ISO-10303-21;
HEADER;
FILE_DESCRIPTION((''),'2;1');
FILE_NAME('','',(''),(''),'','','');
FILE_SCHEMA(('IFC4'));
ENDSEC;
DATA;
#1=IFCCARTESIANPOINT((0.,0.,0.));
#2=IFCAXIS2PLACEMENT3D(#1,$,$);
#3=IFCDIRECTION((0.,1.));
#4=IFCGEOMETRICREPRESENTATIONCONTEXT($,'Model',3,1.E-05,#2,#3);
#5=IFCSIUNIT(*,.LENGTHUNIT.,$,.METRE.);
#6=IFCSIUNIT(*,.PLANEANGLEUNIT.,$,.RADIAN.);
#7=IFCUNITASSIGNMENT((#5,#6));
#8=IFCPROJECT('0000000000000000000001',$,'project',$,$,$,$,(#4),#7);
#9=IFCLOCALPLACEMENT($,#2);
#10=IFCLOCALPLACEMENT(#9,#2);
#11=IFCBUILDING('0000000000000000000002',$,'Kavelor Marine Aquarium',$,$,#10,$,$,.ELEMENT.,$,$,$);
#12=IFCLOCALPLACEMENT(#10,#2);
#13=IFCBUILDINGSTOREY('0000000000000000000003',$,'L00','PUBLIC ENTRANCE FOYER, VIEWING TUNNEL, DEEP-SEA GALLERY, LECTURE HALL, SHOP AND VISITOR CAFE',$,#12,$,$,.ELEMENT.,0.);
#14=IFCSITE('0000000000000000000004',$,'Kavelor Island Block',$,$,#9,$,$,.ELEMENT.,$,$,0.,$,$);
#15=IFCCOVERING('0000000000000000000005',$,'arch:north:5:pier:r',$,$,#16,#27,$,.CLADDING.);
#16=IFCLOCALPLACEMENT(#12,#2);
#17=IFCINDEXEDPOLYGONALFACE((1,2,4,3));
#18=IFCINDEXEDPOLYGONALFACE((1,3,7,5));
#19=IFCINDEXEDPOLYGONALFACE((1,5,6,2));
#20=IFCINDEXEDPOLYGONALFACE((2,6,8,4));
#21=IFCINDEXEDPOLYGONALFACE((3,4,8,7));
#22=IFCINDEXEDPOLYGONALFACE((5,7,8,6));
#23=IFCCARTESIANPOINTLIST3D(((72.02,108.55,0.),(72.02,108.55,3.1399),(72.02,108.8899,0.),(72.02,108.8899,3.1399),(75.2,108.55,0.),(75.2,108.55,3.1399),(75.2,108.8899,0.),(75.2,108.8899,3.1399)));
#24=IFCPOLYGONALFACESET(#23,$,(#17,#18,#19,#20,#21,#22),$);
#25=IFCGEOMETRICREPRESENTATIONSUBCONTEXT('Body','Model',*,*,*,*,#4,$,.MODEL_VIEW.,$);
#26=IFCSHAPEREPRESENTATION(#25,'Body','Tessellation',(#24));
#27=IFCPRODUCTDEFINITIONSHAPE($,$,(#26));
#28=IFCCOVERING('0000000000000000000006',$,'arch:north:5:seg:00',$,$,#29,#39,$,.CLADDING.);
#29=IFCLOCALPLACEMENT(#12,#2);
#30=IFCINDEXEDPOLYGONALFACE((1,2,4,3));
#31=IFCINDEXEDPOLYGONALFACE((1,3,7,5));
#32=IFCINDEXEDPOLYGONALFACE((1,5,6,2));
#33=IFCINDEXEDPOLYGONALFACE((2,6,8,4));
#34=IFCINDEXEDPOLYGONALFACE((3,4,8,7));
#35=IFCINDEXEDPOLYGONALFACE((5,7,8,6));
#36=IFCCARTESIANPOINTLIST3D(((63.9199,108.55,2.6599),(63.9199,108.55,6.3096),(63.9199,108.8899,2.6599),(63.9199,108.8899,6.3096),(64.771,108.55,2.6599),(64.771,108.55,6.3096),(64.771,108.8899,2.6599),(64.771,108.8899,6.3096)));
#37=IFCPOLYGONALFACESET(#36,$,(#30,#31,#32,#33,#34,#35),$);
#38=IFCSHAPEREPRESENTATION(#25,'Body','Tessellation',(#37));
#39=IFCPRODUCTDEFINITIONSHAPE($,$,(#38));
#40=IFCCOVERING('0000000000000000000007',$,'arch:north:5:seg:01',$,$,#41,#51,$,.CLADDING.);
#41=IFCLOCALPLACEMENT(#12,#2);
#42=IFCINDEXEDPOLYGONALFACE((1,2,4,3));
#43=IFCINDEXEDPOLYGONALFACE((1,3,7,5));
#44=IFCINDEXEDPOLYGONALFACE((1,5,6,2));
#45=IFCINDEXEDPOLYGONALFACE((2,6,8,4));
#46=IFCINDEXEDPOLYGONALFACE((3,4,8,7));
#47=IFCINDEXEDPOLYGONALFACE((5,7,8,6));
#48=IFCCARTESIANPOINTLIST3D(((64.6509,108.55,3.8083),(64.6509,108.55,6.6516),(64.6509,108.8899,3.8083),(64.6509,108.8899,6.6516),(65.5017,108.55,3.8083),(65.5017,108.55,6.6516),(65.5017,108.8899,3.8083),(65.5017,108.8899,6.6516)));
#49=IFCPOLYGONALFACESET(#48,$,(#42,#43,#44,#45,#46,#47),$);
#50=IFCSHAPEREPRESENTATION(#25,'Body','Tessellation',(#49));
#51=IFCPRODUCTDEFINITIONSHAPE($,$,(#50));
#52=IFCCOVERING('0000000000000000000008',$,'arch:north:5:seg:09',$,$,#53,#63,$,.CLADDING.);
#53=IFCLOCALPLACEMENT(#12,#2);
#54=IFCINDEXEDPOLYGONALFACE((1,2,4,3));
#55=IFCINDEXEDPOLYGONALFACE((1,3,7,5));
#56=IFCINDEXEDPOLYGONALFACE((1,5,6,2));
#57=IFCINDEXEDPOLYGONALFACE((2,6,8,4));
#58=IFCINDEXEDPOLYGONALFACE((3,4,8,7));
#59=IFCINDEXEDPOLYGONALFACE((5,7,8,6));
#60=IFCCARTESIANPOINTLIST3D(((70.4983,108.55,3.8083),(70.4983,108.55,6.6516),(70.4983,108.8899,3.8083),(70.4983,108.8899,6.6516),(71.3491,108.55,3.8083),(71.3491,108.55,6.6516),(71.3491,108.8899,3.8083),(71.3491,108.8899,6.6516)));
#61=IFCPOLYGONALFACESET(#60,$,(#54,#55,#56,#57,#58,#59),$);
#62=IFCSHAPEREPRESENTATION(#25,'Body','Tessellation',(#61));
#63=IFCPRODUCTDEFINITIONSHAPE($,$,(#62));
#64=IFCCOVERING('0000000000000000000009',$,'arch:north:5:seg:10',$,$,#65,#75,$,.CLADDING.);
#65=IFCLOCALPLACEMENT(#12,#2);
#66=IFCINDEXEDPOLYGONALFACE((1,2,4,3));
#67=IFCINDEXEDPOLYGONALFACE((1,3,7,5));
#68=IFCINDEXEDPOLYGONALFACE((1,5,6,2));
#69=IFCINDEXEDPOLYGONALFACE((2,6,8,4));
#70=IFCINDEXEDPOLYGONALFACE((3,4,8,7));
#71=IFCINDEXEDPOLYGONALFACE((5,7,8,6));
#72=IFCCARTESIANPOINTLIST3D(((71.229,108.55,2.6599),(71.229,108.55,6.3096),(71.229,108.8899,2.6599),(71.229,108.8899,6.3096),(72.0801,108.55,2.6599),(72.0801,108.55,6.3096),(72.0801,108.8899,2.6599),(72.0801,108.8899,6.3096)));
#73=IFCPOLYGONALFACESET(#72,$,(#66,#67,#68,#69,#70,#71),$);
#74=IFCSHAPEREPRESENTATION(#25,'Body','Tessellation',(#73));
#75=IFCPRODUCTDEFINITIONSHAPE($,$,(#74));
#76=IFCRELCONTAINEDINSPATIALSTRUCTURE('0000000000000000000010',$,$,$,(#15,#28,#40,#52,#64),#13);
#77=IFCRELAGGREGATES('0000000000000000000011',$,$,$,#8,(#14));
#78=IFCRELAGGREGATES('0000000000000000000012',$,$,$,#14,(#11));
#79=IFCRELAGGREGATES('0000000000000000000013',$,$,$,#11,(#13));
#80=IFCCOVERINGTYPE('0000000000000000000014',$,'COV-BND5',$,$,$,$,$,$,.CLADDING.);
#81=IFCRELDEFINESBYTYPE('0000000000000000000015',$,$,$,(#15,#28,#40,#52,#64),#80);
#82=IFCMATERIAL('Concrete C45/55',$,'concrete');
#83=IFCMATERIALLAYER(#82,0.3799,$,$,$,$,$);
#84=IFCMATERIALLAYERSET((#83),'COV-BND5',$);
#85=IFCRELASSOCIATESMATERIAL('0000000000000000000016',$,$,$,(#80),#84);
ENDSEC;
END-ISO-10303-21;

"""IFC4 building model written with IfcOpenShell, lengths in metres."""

from ifc_helpers import new_model, si_unit, direction, frame, origin, place, context, subcontext, project, spatial, polyline, outline, extrude, material, layer, layer_set, type_object, element, save


model = new_model("IFC4")

# Units and contexts
model_context = context("Model", 3, precision=1e-05, world=origin(), true_north=direction((0.0, 1.0)))
body_context = subcontext(model_context, "Body", "Model", "MODEL_VIEW")
ifc_project = project(units=[si_unit("LENGTHUNIT", "METRE"), si_unit("PLANEANGLEUNIT", "RADIAN")], contexts=[model_context])

# Site, building, storey
site_placement = place(None, origin())
site = spatial("IfcSite", under=ifc_project, at=site_placement, Name="Kavelor Island Block", CompositionType="ELEMENT", RefElevation=0.0)
building_placement = place(site_placement, origin())
building = spatial("IfcBuilding", under=site, at=building_placement, Name="Kavelor Marine Aquarium", CompositionType="ELEMENT")
storey_placement = place(building_placement, origin())
storey = spatial("IfcBuildingStorey", under=building, at=storey_placement, Name="L00", Description="PUBLIC ENTRANCE FOYER, VIEWING TUNNEL, DEEP-SEA GALLERY, LECTURE HALL, SHOP AND VISITOR CAFE", CompositionType="ELEMENT", Elevation=0.0)

# Coverings
ifc_material_1 = material(Name="Concrete C45/55", Category="concrete")
ifc_layer_1 = layer(ifc_material_1, 0.3799)
ifc_layer_set_1 = layer_set([ifc_layer_1], Name="COV-BND5")
covering_type_1 = type_object("IfcCoveringType", Name="COV-BND5", PredefinedType="CLADDING", material=ifc_layer_set_1)
covering_1_placement = place(storey_placement, origin())
element("IfcCovering", 1, at=covering_1_placement, inside=storey, type_object=covering_type_1, Name="arch:north:5:pier:r", PredefinedType="CLADDING", context=body_context, shape_type="SweptSolid", body=[
    extrude(outline(polyline([(72.02, 108.55), (75.2, 108.55), (75.2, 108.8899), (72.02, 108.8899), (72.02, 108.55)])), origin(), (0.0, 0.0, 1.0), 3.1399),
])
covering_2_placement = place(storey_placement, frame((0.0, 0.0, 2.6599)))
element("IfcCovering", 2, at=covering_2_placement, inside=storey, type_object=covering_type_1, Name="arch:north:5:seg:00", PredefinedType="CLADDING", context=body_context, shape_type="SweptSolid", body=[
    extrude(outline(polyline([(63.9199, 108.55), (64.771, 108.55), (64.771, 108.8899), (63.9199, 108.8899), (63.9199, 108.55)])), origin(), (0.0, 0.0, 1.0), 3.6497),
])
covering_3_placement = place(storey_placement, frame((0.0, 0.0, 3.8083)))
element("IfcCovering", 3, at=covering_3_placement, inside=storey, type_object=covering_type_1, Name="arch:north:5:seg:01", PredefinedType="CLADDING", context=body_context, shape_type="SweptSolid", body=[
    extrude(outline(polyline([(64.6509, 108.55), (65.5017, 108.55), (65.5017, 108.8899), (64.6509, 108.8899), (64.6509, 108.55)])), origin(), (0.0, 0.0, 1.0), 2.8433),
])
covering_4_placement = place(storey_placement, frame((0.0, 0.0, 3.8083)))
element("IfcCovering", 4, at=covering_4_placement, inside=storey, type_object=covering_type_1, Name="arch:north:5:seg:09", PredefinedType="CLADDING", context=body_context, shape_type="SweptSolid", body=[
    extrude(outline(polyline([(70.4983, 108.55), (71.3491, 108.55), (71.3491, 108.8899), (70.4983, 108.8899), (70.4983, 108.55)])), origin(), (0.0, 0.0, 1.0), 2.8433),
])
covering_5_placement = place(storey_placement, frame((0.0, 0.0, 2.6599)))
element("IfcCovering", 5, at=covering_5_placement, inside=storey, type_object=covering_type_1, Name="arch:north:5:seg:10", PredefinedType="CLADDING", context=body_context, shape_type="SweptSolid", body=[
    extrude(outline(polyline([(71.229, 108.55), (72.0801, 108.55), (72.0801, 108.8899), (71.229, 108.8899), (71.229, 108.55)])), origin(), (0.0, 0.0, 1.0), 3.6497),
])

save(model, "model.ifc")
